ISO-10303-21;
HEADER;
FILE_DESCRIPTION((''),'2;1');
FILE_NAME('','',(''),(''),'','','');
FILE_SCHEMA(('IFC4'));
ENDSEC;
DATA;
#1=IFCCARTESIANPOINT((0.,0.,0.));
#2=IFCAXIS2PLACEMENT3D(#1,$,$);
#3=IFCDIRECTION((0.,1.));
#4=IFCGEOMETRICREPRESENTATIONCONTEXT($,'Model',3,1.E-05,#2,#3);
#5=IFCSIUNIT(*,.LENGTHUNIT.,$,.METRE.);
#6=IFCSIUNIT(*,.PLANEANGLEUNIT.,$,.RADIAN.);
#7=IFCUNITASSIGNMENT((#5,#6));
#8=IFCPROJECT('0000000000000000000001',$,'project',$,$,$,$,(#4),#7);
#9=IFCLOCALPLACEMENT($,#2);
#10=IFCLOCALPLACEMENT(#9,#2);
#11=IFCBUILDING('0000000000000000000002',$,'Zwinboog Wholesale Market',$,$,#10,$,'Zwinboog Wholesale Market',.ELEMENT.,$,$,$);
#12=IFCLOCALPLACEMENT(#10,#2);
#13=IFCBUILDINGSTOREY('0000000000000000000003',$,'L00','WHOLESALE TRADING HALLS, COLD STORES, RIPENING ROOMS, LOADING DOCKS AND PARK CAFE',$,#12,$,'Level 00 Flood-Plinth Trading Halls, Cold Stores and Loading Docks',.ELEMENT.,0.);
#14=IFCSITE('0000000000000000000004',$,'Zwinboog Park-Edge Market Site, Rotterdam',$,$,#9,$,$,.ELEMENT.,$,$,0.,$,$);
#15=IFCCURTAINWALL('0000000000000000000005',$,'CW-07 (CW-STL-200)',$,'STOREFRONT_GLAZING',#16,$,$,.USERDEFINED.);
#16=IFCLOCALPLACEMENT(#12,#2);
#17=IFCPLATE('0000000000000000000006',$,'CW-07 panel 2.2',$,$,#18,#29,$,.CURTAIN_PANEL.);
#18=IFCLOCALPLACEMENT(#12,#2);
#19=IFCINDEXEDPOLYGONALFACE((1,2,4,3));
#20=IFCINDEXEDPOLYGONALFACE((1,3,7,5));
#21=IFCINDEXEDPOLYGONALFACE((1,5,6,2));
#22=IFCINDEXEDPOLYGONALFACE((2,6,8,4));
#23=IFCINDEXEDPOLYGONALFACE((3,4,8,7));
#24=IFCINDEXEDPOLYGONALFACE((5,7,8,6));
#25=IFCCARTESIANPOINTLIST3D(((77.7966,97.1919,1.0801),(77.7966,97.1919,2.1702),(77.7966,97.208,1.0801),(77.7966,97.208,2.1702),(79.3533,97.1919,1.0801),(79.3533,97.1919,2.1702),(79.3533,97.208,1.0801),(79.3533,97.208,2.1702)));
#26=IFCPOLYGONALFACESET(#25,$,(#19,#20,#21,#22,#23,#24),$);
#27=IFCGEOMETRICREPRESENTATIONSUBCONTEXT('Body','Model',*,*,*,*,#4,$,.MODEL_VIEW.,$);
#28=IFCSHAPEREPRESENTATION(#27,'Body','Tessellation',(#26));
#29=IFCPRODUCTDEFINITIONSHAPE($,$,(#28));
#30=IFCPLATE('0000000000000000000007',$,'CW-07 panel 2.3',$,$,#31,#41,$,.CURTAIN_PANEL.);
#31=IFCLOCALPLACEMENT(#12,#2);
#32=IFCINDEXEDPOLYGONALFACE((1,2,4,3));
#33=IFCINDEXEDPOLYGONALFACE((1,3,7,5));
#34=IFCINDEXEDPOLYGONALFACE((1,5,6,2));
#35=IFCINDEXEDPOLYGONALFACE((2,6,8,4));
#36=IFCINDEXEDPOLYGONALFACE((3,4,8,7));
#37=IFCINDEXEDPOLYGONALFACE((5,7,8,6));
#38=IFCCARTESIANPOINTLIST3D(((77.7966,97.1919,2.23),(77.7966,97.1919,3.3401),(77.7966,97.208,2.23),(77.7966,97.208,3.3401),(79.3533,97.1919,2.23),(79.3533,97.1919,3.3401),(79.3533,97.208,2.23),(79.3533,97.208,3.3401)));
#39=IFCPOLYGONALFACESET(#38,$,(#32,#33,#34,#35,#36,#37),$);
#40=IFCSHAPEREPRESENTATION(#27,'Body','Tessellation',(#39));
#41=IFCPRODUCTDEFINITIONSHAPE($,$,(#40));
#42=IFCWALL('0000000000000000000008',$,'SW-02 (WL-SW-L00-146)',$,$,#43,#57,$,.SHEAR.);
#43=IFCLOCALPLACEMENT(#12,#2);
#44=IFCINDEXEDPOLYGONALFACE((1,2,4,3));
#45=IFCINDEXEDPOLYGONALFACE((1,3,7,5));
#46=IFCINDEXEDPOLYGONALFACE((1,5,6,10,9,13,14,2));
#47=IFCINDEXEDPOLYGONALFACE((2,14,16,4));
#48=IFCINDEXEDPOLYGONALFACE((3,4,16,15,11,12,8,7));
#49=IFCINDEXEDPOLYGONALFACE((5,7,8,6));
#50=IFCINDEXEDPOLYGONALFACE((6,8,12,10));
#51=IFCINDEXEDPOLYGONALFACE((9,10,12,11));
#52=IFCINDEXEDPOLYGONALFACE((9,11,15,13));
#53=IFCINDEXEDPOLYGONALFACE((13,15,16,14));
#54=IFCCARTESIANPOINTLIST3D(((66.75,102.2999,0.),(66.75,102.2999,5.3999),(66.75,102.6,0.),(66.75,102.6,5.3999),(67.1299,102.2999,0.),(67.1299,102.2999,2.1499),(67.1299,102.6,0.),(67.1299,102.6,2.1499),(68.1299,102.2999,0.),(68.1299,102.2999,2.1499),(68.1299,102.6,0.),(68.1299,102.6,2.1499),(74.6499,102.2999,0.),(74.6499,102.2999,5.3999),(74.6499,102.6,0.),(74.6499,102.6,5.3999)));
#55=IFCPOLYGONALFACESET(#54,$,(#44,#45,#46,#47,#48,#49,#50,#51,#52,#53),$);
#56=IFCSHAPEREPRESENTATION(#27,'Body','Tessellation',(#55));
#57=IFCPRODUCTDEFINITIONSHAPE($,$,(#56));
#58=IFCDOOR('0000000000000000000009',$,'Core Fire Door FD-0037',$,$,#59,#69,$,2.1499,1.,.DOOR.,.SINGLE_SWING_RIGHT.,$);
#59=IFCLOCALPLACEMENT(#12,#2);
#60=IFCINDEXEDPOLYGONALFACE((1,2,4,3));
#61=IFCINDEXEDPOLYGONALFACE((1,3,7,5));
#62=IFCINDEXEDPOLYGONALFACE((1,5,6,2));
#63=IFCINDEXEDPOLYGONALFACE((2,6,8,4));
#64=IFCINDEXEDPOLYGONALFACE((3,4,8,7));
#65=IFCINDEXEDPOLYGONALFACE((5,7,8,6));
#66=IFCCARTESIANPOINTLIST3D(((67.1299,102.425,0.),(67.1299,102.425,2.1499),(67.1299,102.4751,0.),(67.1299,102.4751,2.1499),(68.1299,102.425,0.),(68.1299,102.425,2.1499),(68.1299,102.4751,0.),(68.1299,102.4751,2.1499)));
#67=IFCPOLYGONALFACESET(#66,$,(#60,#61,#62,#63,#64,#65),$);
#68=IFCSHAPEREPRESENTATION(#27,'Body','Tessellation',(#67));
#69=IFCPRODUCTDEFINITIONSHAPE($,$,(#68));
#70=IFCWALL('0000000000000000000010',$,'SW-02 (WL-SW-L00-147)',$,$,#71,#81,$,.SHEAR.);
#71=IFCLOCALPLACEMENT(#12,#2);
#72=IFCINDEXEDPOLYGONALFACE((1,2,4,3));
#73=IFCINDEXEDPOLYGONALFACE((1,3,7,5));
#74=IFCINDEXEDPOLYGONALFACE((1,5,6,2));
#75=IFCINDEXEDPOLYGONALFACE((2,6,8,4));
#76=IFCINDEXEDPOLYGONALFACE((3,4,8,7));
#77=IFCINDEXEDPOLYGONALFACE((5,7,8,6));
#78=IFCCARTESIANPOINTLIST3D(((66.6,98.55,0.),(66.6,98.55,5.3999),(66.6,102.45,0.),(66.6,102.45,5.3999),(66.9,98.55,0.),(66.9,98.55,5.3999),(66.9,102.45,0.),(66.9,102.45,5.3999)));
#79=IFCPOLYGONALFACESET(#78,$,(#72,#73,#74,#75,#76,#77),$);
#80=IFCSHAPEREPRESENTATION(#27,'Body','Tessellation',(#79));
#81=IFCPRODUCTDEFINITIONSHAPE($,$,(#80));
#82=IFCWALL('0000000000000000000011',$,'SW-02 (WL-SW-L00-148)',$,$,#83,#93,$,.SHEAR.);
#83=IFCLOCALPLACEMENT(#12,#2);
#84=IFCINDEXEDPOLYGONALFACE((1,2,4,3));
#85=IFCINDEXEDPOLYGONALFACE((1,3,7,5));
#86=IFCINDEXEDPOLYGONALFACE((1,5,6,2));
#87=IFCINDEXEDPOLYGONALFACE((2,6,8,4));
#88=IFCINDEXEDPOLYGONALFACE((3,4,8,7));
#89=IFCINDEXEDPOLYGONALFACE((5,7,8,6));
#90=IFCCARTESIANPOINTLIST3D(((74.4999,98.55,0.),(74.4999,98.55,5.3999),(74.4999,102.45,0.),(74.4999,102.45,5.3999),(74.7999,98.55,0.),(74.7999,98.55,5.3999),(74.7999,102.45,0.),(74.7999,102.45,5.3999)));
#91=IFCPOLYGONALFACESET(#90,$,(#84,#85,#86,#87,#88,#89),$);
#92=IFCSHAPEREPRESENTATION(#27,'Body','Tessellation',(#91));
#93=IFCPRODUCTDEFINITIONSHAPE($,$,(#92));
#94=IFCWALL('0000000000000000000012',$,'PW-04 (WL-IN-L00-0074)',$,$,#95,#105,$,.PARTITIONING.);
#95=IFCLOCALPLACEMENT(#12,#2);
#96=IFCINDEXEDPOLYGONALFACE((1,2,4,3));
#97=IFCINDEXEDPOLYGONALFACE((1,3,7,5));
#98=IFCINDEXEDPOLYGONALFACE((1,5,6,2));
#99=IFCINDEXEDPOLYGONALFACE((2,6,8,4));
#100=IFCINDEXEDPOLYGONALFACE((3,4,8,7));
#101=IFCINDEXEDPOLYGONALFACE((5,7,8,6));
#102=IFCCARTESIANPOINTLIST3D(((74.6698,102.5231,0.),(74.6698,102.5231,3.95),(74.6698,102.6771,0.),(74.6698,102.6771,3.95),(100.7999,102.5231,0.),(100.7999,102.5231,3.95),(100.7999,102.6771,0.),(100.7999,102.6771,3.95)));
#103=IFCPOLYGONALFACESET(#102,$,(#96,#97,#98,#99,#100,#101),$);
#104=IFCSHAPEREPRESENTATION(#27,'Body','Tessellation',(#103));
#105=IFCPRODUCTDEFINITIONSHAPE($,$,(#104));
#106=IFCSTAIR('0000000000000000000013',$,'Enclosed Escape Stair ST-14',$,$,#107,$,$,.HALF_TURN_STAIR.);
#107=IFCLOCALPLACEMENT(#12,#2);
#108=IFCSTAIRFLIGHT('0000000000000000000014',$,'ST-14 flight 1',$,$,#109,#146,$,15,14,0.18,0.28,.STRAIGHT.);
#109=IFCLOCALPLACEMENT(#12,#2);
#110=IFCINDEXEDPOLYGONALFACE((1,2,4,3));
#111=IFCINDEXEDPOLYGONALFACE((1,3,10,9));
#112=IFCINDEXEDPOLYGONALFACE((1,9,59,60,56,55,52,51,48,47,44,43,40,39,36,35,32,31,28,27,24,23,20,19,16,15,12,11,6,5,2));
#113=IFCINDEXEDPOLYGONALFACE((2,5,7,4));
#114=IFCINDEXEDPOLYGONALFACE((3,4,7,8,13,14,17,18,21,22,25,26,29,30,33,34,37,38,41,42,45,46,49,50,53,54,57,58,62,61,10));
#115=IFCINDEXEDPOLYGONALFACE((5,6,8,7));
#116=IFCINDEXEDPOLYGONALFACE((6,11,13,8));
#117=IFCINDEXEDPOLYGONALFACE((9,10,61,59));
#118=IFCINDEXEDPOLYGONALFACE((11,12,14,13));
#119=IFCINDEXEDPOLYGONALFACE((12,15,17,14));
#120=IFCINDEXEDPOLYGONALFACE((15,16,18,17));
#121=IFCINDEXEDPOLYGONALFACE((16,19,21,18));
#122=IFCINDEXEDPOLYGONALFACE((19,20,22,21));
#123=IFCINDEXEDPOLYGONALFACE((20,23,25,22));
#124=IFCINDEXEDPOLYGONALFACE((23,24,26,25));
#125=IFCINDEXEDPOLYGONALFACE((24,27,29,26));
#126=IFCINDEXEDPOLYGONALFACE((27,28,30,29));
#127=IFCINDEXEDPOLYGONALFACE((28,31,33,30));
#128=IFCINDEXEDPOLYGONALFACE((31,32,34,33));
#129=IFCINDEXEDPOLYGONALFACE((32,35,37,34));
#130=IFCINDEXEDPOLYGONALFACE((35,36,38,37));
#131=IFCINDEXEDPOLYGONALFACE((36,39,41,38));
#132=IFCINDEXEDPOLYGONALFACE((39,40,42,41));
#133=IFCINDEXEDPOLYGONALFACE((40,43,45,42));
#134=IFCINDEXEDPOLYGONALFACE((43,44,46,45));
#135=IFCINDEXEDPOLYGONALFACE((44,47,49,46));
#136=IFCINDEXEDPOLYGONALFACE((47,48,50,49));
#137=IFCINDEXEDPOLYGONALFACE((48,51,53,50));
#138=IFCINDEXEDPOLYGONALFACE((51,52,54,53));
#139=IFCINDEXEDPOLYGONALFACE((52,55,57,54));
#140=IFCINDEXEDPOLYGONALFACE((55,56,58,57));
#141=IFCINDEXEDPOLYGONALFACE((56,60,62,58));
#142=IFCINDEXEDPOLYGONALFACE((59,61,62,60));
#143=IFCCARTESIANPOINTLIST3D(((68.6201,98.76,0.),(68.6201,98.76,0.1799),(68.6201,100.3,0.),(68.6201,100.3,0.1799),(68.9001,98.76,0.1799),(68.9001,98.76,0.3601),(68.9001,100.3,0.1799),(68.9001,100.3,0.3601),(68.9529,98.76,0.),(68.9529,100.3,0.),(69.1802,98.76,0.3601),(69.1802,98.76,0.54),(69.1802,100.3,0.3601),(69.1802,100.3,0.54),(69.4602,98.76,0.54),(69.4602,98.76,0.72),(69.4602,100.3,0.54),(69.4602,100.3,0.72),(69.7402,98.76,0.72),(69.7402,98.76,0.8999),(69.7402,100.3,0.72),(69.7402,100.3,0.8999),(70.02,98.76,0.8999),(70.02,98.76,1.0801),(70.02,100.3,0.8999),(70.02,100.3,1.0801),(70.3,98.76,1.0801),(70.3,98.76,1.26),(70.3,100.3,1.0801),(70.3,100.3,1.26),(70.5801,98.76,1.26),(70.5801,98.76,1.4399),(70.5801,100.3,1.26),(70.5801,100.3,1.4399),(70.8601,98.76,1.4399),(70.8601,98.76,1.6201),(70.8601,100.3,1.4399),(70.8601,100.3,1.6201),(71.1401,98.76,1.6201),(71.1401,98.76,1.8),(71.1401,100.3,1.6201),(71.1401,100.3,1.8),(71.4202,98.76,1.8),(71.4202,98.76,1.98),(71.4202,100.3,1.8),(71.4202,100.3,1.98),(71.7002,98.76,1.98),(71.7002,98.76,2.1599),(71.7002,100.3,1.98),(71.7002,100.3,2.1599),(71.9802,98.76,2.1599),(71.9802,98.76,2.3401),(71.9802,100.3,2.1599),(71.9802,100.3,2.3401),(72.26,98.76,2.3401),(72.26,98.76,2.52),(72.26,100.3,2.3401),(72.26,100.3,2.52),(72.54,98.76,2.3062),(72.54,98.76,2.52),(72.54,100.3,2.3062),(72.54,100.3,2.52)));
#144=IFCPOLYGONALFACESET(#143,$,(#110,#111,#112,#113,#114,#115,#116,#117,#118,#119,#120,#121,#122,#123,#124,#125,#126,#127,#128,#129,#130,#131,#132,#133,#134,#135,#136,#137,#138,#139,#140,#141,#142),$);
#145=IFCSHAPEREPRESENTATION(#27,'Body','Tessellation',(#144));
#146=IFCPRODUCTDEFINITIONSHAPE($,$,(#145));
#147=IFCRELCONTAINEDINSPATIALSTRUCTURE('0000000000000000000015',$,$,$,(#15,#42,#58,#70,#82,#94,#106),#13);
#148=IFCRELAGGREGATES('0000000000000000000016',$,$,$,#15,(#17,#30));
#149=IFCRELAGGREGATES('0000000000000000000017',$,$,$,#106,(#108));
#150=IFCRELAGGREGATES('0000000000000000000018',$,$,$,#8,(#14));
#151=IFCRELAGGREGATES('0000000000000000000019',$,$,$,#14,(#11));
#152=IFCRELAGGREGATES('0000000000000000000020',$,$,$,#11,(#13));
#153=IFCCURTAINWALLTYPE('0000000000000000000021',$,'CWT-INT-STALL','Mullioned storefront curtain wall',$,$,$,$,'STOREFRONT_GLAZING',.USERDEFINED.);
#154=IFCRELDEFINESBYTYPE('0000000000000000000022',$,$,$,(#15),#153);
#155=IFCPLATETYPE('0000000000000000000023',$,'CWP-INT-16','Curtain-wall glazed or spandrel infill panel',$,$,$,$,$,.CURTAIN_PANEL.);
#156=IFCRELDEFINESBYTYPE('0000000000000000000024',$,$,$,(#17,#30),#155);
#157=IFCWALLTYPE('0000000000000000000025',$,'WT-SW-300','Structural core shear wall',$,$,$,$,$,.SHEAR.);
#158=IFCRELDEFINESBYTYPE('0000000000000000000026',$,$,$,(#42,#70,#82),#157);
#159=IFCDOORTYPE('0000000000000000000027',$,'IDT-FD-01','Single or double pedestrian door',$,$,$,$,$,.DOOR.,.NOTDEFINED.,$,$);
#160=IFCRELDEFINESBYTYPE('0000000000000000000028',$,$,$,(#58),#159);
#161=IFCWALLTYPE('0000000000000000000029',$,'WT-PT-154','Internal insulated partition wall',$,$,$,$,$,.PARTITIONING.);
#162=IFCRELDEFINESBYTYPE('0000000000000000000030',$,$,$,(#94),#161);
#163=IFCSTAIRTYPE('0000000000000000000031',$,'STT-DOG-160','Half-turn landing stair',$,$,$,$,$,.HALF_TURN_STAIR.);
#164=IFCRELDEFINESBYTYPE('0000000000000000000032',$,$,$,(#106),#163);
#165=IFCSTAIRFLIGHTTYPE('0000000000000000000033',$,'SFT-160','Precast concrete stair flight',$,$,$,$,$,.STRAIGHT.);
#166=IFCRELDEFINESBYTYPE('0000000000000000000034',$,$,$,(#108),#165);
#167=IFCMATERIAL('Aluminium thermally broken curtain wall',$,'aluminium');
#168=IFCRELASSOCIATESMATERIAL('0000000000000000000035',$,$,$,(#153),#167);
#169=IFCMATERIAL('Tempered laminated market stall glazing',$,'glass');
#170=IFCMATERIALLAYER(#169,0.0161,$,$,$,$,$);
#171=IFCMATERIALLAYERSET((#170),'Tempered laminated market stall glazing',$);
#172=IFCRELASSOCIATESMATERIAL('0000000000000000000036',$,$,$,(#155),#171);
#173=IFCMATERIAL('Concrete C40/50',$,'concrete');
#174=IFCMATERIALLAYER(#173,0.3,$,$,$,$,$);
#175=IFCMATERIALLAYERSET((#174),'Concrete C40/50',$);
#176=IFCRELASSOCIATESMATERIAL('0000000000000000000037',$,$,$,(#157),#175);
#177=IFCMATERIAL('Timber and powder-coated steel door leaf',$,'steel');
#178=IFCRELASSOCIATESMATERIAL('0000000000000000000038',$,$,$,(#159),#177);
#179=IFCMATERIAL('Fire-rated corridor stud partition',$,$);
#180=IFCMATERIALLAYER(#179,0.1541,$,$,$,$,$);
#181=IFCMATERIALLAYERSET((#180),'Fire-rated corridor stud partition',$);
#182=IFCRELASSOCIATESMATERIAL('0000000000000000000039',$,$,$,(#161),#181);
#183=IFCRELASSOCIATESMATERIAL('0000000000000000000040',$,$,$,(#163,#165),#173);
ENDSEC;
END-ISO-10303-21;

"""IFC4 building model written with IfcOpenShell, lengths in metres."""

from ifc_helpers import new_model, si_unit, direction, frame, frame_2d, origin, origin_2d, place, context, subcontext, project, spatial, polyline, rectangle, outline, extrude, material, layer, layer_set, type_object, element, fill, aggregate, save


model = new_model("IFC4")

# Units and contexts
model_context = context("Model", 3, precision=1e-05, world=origin(), true_north=direction((0.0, 1.0)))
body_context = subcontext(model_context, "Body", "Model", "MODEL_VIEW")
ifc_project = project(units=[si_unit("LENGTHUNIT", "METRE"), si_unit("PLANEANGLEUNIT", "RADIAN")], contexts=[model_context])

# Site, building, storey
site_placement = place(None, origin())
site = spatial("IfcSite", under=ifc_project, at=site_placement, Name="Zwinboog Park-Edge Market Site, Rotterdam", CompositionType="ELEMENT", RefElevation=0.0)
building_placement = place(site_placement, origin())
building = spatial("IfcBuilding", under=site, at=building_placement, Name="Zwinboog Wholesale Market", LongName="Zwinboog Wholesale Market", CompositionType="ELEMENT")
storey_placement = place(building_placement, origin())
storey = spatial("IfcBuildingStorey", under=building, at=storey_placement, Name="L00", Description="WHOLESALE TRADING HALLS, COLD STORES, RIPENING ROOMS, LOADING DOCKS AND PARK CAFE", LongName="Level 00 Flood-Plinth Trading Halls, Cold Stores and Loading Docks", CompositionType="ELEMENT", Elevation=0.0)

# Shared definitions
ifc_material_1 = material(Name="Concrete C40/50", Category="concrete")

# Curtain wall, plates
ifc_material_2 = material(Name="Aluminium thermally broken curtain wall", Category="aluminium")
curtain_wall_type = type_object("IfcCurtainWallType", Name="CWT-INT-STALL", Description="Mullioned storefront curtain wall", ElementType="STOREFRONT_GLAZING", PredefinedType="USERDEFINED", material=ifc_material_2)
curtain_wall_placement = place(storey_placement, origin())
curtain_wall = element("IfcCurtainWall", 1, at=curtain_wall_placement, inside=storey, type_object=curtain_wall_type, Name="CW-07 (CW-STL-200)", ObjectType="STOREFRONT_GLAZING", PredefinedType="USERDEFINED")
ifc_material_3 = material(Name="Tempered laminated market stall glazing", Category="glass")
ifc_layer_1 = layer(ifc_material_3, 0.0161)
ifc_layer_set_1 = layer_set([ifc_layer_1], Name="Tempered laminated market stall glazing")
plate_type = type_object("IfcPlateType", Name="CWP-INT-16", Description="Curtain-wall glazed or spandrel infill panel", PredefinedType="CURTAIN_PANEL", material=ifc_layer_set_1)
plate_1_placement = place(storey_placement, frame((78.575, 97.2, 1.0801), z_axis=(0.0, 0.0, 1.0), x_axis=(1.0, 0.0, 0.0)))
plate_1 = element("IfcPlate", 2, at=plate_1_placement, type_object=plate_type, Name="CW-07 panel 2.2", PredefinedType="CURTAIN_PANEL", context=body_context, shape_type="SweptSolid", body=[
    extrude(rectangle(XDim=1.5566, YDim=0.0161, at=origin_2d()), origin(), (0.0, 0.0, 1.0), 1.0901),
])
plate_2_placement = place(storey_placement, frame((78.575, 97.2, 2.23), z_axis=(0.0, 0.0, 1.0), x_axis=(1.0, 0.0, 0.0)))
plate_2 = element("IfcPlate", 3, at=plate_2_placement, type_object=plate_type, Name="CW-07 panel 2.3", PredefinedType="CURTAIN_PANEL", context=body_context, shape_type="SweptSolid", body=[
    extrude(rectangle(XDim=1.5566, YDim=0.0161, at=origin_2d()), origin(), (0.0, 0.0, 1.0), 1.1101),
])
aggregate(curtain_wall, [plate_1, plate_2])

# Wall, opening, door
ifc_layer_2 = layer(ifc_material_1, 0.3)
ifc_layer_set_2 = layer_set([ifc_layer_2], Name="Concrete C40/50")
wall_type_1 = type_object("IfcWallType", Name="WT-SW-300", Description="Structural core shear wall", PredefinedType="SHEAR", material=ifc_layer_set_2)
wall_1_placement = place(storey_placement, frame((66.75, 102.45, 0.0), z_axis=(0.0, 0.0, 1.0), x_axis=(1.0, 0.0, 0.0)))
wall_1 = element("IfcWall", 4, at=wall_1_placement, inside=storey, type_object=wall_type_1, Name="SW-02 (WL-SW-L00-146)", PredefinedType="SHEAR", context=body_context, shape_type="SweptSolid", body=[
    extrude(rectangle(XDim=7.8999, YDim=0.3, at=frame_2d((3.95, 0.0))), origin(), (0.0, 0.0, 1.0), 5.3999),
])
opening_placement = place(wall_1_placement, frame((0.3799, 0.0, 0.0)))
opening = element("IfcOpeningElement", 5, at=opening_placement, cuts=wall_1, PredefinedType="OPENING", context=body_context, shape_type="SweptSolid", body=[
    extrude(rectangle(XDim=1.0, YDim=2.1499, at=frame_2d((0.5, 1.075))), frame((0.0, 0.1599, 0.0), z_axis=(0.0, -1.0, 0.0), x_axis=(1.0, 0.0, 0.0)), (0.0, 0.0, 1.0), 0.3201),
])
ifc_material_4 = material(Name="Timber and powder-coated steel door leaf", Category="steel")
door_type = type_object("IfcDoorType", Name="IDT-FD-01", Description="Single or double pedestrian door", OperationType="NOTDEFINED", PredefinedType="DOOR", material=ifc_material_4)
door_placement = place(opening_placement, frame((1.0, 0.0, 0.0), z_axis=(0.0, 0.0, 1.0), x_axis=(-1.0, 0.0, 0.0)))
door = element("IfcDoor", 6, at=door_placement, inside=storey, type_object=door_type, Name="Core Fire Door FD-0037", OperationType="SINGLE_SWING_RIGHT", OverallHeight=2.1499, OverallWidth=1.0, PredefinedType="DOOR", context=body_context, shape_type="SweptSolid", body=[
    extrude(rectangle(XDim=1.0, YDim=2.1499, at=frame_2d((0.5, 1.075))), frame((0.0, 0.0249, 0.0), z_axis=(0.0, -1.0, 0.0), x_axis=(1.0, 0.0, 0.0)), (0.0, 0.0, 1.0), 0.05),
])
fill(opening, door)

# Walls
for number, where, z_axis, x_axis, name in (
    (7, (66.75, 98.55, 0.0), (0.0, 0.0, 1.0), (0.0, 1.0, 0.0), "SW-02 (WL-SW-L00-147)"),
    (8, (74.6499, 98.55, 0.0), (0.0, 0.0, 1.0), (0.0, 1.0, 0.0), "SW-02 (WL-SW-L00-148)"),
):
    element("IfcWall", number, at=place(storey_placement, frame(where, z_axis=z_axis, x_axis=x_axis)), inside=storey, type_object=wall_type_1, Name=name, PredefinedType="SHEAR", context=body_context, shape_type="SweptSolid", body=[
        extrude(rectangle(XDim=3.8999, YDim=0.3, at=frame_2d((1.95, 0.0))), origin(), (0.0, 0.0, 1.0), 5.3999),
    ])
ifc_material_5 = material(Name="Fire-rated corridor stud partition")
ifc_layer_3 = layer(ifc_material_5, 0.1541)
ifc_layer_set_3 = layer_set([ifc_layer_3], Name="Fire-rated corridor stud partition")
wall_type_2 = type_object("IfcWallType", Name="WT-PT-154", Description="Internal insulated partition wall", PredefinedType="PARTITIONING", material=ifc_layer_set_3)
wall_2_placement = place(storey_placement, frame((74.6699, 102.6001, 0.0), z_axis=(0.0, 0.0, 1.0), x_axis=(1.0, 0.0, 0.0)))
element("IfcWall", 9, at=wall_2_placement, inside=storey, type_object=wall_type_2, Name="PW-04 (WL-IN-L00-0074)", PredefinedType="PARTITIONING", context=body_context, shape_type="SweptSolid", body=[
    extrude(rectangle(XDim=26.1301, YDim=0.1541, at=frame_2d((13.0649, 0.0))), origin(), (0.0, 0.0, 1.0), 3.95),
])

# Stair, stair flight
stair_type = type_object("IfcStairType", Name="STT-DOG-160", Description="Half-turn landing stair", PredefinedType="HALF_TURN_STAIR", material=ifc_material_1)
stair_placement = place(storey_placement, origin())
stair = element("IfcStair", 10, at=stair_placement, inside=storey, type_object=stair_type, Name="Enclosed Escape Stair ST-14", PredefinedType="HALF_TURN_STAIR")
stair_flight_type = type_object("IfcStairFlightType", Name="SFT-160", Description="Precast concrete stair flight", PredefinedType="STRAIGHT", material=ifc_material_1)
stair_flight_1_placement = place(storey_placement, frame((68.6201, 99.53, 0.0), z_axis=(0.0, 0.0, 1.0), x_axis=(1.0, 0.0, 0.0)))
stair_flight_1 = element("IfcStairFlight", 11, at=stair_flight_1_placement, type_object=stair_flight_type, Name="ST-14 flight 1", NumberOfRisers=15, NumberOfTreads=14, PredefinedType="STRAIGHT", RiserHeight=0.18, TreadLength=0.28, context=body_context, shape_type="SweptSolid", body=[
    extrude(outline(polyline([(0.0, 0.0), (0.0, 0.1799), (0.28, 0.1799), (0.28, 0.3601), (0.5601, 0.3601), (0.5601, 0.54), (0.8401, 0.54), (0.8401, 0.72), (1.1201, 0.72), (1.1201, 0.8999), (1.3999, 0.8999), (1.3999, 1.0801), (1.6799, 1.0801), (1.6799, 1.26), (1.96, 1.26), (1.96, 1.4399), (2.24, 1.4399), (2.24, 1.6201), (2.52, 1.6201), (2.52, 1.8), (2.8, 1.8), (2.8, 1.98), (3.0801, 1.98), (3.0801, 2.1599), (3.3601, 2.1599), (3.3601, 2.3401), (3.6399, 2.3401), (3.6399, 2.52), (3.9199, 2.52), (3.9199, 2.7), (3.9199, 2.3062), (0.3328, 0.0), (0.0, 0.0)])), frame((0.0, 0.77, 0.0), z_axis=(0.0, -1.0, 0.0), x_axis=(1.0, 0.0, 0.0)), (0.0, 0.0, 1.0), 1.54),
])
aggregate(stair, [stair_flight_1])

save(model, "model.ifc")
